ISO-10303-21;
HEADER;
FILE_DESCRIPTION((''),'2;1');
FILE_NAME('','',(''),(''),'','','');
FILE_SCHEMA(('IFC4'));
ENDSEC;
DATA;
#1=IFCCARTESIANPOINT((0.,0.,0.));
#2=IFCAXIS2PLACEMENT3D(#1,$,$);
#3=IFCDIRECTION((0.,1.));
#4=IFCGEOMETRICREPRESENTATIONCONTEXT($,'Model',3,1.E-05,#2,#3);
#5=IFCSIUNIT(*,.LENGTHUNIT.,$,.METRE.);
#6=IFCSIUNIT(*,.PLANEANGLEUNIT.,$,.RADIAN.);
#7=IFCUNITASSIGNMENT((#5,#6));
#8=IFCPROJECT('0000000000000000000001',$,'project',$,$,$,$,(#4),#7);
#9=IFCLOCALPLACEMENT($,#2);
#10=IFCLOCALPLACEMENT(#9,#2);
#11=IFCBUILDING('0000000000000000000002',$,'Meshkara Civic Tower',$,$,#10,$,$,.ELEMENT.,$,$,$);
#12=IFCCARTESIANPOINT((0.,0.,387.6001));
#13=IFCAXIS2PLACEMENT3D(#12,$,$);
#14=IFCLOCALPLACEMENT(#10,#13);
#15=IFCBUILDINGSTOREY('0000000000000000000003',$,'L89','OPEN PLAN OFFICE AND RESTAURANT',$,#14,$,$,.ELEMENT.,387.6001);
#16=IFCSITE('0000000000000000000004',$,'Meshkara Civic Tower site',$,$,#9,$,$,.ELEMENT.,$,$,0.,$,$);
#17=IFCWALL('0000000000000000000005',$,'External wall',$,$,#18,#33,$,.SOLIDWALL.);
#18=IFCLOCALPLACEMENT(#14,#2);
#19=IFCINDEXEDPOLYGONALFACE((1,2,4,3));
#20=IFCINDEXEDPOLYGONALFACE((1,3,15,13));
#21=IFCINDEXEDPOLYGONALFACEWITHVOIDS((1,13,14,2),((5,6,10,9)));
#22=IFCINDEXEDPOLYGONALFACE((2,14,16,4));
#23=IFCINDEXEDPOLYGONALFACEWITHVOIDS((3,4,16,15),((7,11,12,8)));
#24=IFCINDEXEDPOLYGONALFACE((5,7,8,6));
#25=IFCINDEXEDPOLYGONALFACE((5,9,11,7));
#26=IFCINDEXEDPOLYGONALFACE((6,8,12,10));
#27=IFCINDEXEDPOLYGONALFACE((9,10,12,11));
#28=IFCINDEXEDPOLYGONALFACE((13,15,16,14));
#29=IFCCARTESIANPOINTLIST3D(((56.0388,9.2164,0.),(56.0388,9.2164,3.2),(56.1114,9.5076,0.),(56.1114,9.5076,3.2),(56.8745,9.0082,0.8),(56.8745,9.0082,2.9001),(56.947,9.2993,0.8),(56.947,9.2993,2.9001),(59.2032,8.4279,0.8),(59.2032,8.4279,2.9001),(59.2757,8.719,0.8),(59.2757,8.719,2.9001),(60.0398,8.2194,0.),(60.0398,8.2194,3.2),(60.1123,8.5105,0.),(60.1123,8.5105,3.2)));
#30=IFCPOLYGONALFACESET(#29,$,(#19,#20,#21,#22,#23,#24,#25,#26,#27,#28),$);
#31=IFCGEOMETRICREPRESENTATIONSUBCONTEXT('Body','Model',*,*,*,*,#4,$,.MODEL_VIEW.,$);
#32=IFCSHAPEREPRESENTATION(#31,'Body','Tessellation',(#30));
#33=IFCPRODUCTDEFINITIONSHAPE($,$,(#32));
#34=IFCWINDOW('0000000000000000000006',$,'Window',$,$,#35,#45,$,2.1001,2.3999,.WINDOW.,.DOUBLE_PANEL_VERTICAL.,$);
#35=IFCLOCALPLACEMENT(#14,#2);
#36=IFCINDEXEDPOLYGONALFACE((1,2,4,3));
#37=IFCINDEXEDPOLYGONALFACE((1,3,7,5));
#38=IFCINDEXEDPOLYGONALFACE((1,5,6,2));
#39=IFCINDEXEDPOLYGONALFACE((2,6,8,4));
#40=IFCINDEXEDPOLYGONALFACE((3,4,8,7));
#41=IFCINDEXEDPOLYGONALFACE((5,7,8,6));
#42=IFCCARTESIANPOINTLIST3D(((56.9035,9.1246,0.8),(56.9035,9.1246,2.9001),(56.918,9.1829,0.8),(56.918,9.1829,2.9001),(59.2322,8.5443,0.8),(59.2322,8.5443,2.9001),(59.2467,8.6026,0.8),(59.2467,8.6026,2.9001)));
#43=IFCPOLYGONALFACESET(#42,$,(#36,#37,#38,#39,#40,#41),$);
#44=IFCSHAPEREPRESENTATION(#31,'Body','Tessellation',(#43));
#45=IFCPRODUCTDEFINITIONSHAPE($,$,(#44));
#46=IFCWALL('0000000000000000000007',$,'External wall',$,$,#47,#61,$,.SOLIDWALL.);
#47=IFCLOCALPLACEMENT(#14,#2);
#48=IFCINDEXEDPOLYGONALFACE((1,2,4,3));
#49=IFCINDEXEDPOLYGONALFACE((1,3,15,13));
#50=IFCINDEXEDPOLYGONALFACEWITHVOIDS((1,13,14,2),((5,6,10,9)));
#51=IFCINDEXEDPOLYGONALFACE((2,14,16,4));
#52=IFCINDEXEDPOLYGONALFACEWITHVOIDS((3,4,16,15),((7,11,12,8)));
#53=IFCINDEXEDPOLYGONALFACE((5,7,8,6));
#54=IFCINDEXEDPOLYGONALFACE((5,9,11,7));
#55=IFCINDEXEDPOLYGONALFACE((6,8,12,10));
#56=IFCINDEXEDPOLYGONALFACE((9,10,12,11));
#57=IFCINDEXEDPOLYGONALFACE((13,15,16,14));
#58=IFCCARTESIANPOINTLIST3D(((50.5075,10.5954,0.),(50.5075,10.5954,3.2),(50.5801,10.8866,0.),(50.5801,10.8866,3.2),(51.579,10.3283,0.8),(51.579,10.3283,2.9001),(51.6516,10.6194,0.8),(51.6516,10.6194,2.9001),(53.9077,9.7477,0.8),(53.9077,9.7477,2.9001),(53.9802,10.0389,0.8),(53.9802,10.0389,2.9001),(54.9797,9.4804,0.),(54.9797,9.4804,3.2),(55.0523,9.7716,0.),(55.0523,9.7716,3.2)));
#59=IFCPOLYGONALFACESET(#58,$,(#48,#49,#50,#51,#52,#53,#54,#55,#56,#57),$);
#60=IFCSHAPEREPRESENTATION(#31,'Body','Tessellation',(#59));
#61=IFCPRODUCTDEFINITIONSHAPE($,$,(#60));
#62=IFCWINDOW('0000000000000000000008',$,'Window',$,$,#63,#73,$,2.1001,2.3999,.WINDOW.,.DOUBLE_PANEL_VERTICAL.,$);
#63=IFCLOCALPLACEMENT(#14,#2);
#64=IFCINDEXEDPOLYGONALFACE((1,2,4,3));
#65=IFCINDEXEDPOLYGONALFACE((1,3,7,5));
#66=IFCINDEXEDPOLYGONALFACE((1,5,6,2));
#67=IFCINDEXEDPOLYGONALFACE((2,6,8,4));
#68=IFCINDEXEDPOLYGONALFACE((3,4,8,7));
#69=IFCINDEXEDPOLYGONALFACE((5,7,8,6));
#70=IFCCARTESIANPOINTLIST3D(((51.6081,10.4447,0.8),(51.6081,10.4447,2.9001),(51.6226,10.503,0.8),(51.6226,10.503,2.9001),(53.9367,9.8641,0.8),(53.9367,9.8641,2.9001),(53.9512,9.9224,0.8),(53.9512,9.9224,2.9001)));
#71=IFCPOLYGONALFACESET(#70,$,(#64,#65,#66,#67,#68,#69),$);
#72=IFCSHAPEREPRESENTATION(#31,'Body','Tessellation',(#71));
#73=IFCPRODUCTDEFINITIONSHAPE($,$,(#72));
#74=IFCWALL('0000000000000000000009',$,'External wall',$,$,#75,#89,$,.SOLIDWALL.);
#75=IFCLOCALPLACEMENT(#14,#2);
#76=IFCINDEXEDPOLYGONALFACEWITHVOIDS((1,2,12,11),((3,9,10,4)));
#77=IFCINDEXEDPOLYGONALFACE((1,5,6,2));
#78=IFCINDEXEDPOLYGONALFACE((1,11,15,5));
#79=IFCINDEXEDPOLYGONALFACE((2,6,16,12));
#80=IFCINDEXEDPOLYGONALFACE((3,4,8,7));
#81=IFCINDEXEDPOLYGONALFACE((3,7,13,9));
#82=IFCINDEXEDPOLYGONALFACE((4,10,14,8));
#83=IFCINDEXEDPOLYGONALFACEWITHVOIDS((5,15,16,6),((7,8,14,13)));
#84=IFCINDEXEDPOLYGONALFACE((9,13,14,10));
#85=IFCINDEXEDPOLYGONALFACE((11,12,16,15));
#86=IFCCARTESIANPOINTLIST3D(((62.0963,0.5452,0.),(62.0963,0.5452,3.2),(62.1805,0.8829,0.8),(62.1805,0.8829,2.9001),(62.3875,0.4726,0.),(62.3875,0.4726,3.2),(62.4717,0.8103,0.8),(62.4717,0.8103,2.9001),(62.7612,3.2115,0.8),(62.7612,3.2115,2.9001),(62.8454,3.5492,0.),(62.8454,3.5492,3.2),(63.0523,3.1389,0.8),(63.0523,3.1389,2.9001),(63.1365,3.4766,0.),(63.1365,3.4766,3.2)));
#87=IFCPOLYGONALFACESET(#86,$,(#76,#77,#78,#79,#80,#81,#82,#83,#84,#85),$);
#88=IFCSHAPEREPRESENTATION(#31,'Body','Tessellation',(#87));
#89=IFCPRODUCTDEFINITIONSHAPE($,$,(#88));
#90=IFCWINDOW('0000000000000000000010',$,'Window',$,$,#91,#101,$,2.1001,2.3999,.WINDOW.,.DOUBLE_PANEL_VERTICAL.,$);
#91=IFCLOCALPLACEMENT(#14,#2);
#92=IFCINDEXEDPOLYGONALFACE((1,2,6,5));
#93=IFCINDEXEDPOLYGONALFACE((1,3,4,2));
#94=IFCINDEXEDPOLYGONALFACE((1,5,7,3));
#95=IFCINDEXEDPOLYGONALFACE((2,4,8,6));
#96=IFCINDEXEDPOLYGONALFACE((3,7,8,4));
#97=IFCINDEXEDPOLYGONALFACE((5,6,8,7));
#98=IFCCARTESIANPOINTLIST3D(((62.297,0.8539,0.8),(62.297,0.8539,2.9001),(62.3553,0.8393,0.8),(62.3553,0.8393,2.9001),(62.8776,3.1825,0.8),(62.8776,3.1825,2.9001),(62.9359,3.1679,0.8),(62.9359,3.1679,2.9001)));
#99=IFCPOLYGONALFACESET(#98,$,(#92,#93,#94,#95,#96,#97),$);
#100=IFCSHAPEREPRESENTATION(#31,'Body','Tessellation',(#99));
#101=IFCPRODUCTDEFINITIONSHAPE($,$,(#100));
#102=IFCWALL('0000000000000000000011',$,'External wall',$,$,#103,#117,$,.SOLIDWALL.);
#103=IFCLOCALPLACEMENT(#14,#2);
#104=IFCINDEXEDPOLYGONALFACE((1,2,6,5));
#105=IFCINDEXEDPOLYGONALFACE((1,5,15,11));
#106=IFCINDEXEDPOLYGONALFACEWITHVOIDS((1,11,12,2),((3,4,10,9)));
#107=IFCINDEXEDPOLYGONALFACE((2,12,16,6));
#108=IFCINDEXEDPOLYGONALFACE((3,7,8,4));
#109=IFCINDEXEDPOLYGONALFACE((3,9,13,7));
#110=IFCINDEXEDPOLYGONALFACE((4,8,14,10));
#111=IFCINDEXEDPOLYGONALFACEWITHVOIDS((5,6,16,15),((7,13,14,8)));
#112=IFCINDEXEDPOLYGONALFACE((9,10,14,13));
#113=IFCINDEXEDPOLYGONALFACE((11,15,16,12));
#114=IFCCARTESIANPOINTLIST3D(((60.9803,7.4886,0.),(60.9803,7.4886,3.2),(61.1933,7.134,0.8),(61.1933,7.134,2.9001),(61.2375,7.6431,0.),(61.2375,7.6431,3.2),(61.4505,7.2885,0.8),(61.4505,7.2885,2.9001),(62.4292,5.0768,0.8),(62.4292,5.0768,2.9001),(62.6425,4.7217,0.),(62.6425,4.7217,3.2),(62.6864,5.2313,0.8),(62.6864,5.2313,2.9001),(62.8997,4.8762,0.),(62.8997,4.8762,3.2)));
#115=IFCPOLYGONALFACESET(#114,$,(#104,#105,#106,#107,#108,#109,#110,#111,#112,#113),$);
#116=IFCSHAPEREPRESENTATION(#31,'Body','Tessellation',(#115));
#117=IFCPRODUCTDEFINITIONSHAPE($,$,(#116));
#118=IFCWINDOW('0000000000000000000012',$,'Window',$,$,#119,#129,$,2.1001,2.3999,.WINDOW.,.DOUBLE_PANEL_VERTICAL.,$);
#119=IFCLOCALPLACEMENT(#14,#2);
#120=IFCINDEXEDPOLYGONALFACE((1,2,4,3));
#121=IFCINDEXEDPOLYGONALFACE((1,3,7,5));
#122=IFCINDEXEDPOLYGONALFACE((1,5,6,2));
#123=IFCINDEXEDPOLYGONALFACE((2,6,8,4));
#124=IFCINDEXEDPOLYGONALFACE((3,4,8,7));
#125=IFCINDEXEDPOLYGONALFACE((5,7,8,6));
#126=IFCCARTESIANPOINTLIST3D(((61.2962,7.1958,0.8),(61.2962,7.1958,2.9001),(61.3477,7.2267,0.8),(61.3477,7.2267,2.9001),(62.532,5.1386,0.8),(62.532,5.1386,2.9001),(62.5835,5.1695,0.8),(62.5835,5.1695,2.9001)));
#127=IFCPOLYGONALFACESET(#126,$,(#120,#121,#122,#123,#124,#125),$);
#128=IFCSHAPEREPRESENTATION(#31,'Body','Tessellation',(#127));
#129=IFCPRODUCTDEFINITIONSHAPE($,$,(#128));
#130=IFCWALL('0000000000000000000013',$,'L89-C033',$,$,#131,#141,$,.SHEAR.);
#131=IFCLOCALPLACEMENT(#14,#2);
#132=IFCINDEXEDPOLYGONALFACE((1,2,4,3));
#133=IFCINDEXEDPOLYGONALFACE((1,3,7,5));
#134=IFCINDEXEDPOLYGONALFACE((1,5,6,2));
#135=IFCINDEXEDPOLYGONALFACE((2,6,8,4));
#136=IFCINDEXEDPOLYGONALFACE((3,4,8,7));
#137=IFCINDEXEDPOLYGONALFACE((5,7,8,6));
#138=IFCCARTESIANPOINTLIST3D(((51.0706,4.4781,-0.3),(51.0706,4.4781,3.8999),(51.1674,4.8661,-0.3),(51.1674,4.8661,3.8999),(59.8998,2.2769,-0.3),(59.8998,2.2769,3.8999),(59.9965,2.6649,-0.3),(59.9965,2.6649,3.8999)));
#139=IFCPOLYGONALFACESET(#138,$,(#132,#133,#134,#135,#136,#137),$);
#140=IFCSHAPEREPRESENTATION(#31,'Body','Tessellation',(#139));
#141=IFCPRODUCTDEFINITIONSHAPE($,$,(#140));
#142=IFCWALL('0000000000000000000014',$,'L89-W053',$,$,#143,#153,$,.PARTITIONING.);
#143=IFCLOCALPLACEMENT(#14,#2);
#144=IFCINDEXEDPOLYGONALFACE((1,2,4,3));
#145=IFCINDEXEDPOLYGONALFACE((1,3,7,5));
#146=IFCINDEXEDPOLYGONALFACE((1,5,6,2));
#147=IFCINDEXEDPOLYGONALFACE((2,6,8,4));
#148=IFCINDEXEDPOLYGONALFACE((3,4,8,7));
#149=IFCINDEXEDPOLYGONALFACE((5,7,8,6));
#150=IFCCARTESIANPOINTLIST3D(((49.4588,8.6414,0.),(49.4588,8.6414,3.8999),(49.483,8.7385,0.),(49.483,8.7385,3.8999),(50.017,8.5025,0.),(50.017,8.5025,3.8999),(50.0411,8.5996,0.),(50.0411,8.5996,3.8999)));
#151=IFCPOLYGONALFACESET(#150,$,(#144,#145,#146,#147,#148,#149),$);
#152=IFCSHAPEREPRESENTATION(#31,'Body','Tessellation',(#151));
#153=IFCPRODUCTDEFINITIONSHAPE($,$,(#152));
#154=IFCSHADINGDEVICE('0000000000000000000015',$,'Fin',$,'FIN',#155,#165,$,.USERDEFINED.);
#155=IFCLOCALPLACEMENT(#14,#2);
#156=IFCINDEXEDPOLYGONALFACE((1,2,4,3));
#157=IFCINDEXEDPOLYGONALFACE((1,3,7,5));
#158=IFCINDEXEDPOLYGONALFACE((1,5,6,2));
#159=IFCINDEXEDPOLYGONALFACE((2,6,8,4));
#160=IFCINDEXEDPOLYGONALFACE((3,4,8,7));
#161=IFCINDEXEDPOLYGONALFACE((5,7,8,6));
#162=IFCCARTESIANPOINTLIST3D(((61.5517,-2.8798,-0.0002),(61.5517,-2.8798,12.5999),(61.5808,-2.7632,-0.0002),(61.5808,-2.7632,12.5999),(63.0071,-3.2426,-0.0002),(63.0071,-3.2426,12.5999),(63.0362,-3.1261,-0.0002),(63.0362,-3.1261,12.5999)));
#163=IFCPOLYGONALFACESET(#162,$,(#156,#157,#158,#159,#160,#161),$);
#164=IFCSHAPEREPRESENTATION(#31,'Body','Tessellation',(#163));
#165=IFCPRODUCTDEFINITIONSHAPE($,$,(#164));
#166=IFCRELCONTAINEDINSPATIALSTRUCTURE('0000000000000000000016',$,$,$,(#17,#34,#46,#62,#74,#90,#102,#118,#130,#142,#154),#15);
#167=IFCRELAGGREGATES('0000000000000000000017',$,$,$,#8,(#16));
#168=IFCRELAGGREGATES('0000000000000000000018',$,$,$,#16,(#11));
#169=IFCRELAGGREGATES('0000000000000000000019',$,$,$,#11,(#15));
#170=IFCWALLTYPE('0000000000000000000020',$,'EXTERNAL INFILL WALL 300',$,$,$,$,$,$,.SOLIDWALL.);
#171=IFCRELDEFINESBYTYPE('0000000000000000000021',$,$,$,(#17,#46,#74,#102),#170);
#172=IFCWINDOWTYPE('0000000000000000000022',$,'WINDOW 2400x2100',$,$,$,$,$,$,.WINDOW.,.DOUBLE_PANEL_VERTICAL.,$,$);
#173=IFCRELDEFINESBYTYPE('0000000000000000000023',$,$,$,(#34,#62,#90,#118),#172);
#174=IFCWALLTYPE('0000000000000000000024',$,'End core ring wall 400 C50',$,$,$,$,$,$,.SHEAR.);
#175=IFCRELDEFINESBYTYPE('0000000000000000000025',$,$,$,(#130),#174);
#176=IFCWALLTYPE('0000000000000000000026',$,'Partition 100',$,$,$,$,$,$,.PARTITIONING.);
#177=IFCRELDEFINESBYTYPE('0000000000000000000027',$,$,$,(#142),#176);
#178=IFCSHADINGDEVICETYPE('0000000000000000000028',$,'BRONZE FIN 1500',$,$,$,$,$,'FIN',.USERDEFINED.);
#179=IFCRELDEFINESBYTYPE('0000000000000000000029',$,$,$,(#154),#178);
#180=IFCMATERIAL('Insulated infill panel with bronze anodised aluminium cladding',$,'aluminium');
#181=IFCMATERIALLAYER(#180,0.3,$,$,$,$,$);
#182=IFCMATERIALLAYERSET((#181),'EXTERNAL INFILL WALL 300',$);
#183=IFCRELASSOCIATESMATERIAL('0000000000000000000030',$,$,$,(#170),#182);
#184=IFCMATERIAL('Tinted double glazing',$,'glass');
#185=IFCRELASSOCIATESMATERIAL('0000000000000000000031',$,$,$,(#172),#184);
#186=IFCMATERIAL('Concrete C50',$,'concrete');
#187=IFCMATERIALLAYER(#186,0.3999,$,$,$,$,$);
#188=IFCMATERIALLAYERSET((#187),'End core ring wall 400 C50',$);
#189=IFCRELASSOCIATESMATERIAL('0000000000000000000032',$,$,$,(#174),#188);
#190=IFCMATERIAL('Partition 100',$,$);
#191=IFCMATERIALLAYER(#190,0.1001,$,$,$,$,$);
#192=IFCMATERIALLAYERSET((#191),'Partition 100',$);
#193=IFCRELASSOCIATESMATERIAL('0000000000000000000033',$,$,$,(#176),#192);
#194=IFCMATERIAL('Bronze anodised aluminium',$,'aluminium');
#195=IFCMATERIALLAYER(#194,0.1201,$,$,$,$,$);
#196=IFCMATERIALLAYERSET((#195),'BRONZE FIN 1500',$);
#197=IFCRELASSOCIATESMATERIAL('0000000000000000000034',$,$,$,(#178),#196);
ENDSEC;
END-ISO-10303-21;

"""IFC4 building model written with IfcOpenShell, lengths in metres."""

from ifc_helpers import new_model, si_unit, direction, frame, frame_2d, origin, origin_2d, place, context, subcontext, project, spatial, rectangle, extrude, material, layer, layer_set, type_object, element, fill, save


model = new_model("IFC4")

# Units and contexts
model_context = context("Model", 3, precision=1e-05, world=origin(), true_north=direction((0.0, 1.0)))
body_context = subcontext(model_context, "Body", "Model", "MODEL_VIEW")
ifc_project = project(units=[si_unit("LENGTHUNIT", "METRE"), si_unit("PLANEANGLEUNIT", "RADIAN")], contexts=[model_context])

# Site, building, storey
site_placement = place(None, origin())
site = spatial("IfcSite", under=ifc_project, at=site_placement, Name="Meshkara Civic Tower site", CompositionType="ELEMENT", RefElevation=0.0)
building_placement = place(site_placement, origin())
building = spatial("IfcBuilding", under=site, at=building_placement, Name="Meshkara Civic Tower", CompositionType="ELEMENT")
storey_placement = place(building_placement, frame((0.0, 0.0, 387.6001)))
storey = spatial("IfcBuildingStorey", under=building, at=storey_placement, Name="L89", Description="OPEN PLAN OFFICE AND RESTAURANT", CompositionType="ELEMENT", Elevation=387.6001)

# Walls, openings, windows
ifc_material_1 = material(Name="Insulated infill panel with bronze anodised aluminium cladding", Category="aluminium")
ifc_layer_1 = layer(ifc_material_1, 0.3)
ifc_layer_set_1 = layer_set([ifc_layer_1], Name="EXTERNAL INFILL WALL 300")
wall_type_1 = type_object("IfcWallType", Name="EXTERNAL INFILL WALL 300", PredefinedType="SOLIDWALL", material=ifc_layer_set_1)
wall_1_placement = place(storey_placement, frame((60.0759, 8.365, 0.0), z_axis=(0.0, 0.0, 1.0), x_axis=(-0.970323, 0.241811, 0.0)))
wall_1 = element("IfcWall", 1, at=wall_1_placement, inside=storey, type_object=wall_type_1, Name="External wall", PredefinedType="SOLIDWALL", context=body_context, shape_type="SweptSolid", body=[
    extrude(rectangle(XDim=4.1233, YDim=0.3, at=frame_2d((2.0615, 0.0))), origin(), (0.0, 0.0, 1.0), 3.2),
])
opening_1_placement = place(wall_1_placement, frame((0.8621, 0.0, 0.8)))
opening_1 = element("IfcOpeningElement", 2, at=opening_1_placement, cuts=wall_1, PredefinedType="OPENING", context=body_context, shape_type="SweptSolid", body=[
    extrude(rectangle(XDim=2.3999, YDim=2.1001, at=frame_2d((1.2, 1.05))), frame((0.0, 0.1599, 0.0), z_axis=(0.0, -1.0, 0.0), x_axis=(1.0, 0.0, 0.0)), (0.0, 0.0, 1.0), 0.3201),
])
ifc_material_2 = material(Name="Tinted double glazing", Category="glass")
window_type = type_object("IfcWindowType", Name="WINDOW 2400x2100", PartitioningType="DOUBLE_PANEL_VERTICAL", PredefinedType="WINDOW", material=ifc_material_2)
window_1_placement = place(opening_1_placement, origin())
window_1 = element("IfcWindow", 3, at=window_1_placement, inside=storey, type_object=window_type, Name="Window", OverallHeight=2.1001, OverallWidth=2.3999, PartitioningType="DOUBLE_PANEL_VERTICAL", PredefinedType="WINDOW", context=body_context, shape_type="SweptSolid", body=[
    extrude(rectangle(XDim=2.3999, YDim=2.1001, at=frame_2d((1.2, 1.05))), frame((0.0, 0.03, 0.0), z_axis=(0.0, -1.0, 0.0), x_axis=(1.0, 0.0, 0.0)), (0.0, 0.0, 1.0), 0.0601),
])
fill(opening_1, window_1)
wall_2_placement = place(storey_placement, frame((55.0161, 9.626, 0.0), z_axis=(0.0, 0.0, 1.0), x_axis=(-0.970298, 0.241912, 0.0)))
wall_2 = element("IfcWall", 4, at=wall_2_placement, inside=storey, type_object=wall_type_1, Name="External wall", PredefinedType="SOLIDWALL", context=body_context, shape_type="SweptSolid", body=[
    extrude(rectangle(XDim=4.6091, YDim=0.3, at=frame_2d((2.3047, 0.0))), origin(), (0.0, 0.0, 1.0), 3.2),
])
opening_2_placement = place(wall_2_placement, frame((1.105, 0.0, 0.8)))
opening_2 = element("IfcOpeningElement", 5, at=opening_2_placement, cuts=wall_2, PredefinedType="OPENING", context=body_context, shape_type="SweptSolid", body=[
    extrude(rectangle(XDim=2.3999, YDim=2.1001, at=frame_2d((1.2, 1.05))), frame((0.0, 0.1599, 0.0), z_axis=(0.0, -1.0, 0.0), x_axis=(1.0, 0.0, 0.0)), (0.0, 0.0, 1.0), 0.3201),
])
window_2_placement = place(opening_2_placement, origin())
window_2 = element("IfcWindow", 6, at=window_2_placement, inside=storey, type_object=window_type, Name="Window", OverallHeight=2.1001, OverallWidth=2.3999, PartitioningType="DOUBLE_PANEL_VERTICAL", PredefinedType="WINDOW", context=body_context, shape_type="SweptSolid", body=[
    extrude(rectangle(XDim=2.3999, YDim=2.1001, at=frame_2d((1.2, 1.05))), frame((0.0, 0.03, 0.0), z_axis=(0.0, -1.0, 0.0), x_axis=(1.0, 0.0, 0.0)), (0.0, 0.0, 1.0), 0.0601),
])
fill(opening_2, window_2)
wall_3_placement = place(storey_placement, frame((62.2419, 0.509, 0.0), z_axis=(0.0, 0.0, 1.0), x_axis=(0.241942, 0.970291, 0.0)))
wall_3 = element("IfcWall", 7, at=wall_3_placement, inside=storey, type_object=wall_type_1, Name="External wall", PredefinedType="SOLIDWALL", context=body_context, shape_type="SweptSolid", body=[
    extrude(rectangle(XDim=3.0959, YDim=0.3, at=frame_2d((1.5479, 0.0))), origin(), (0.0, 0.0, 1.0), 3.2),
])
opening_3_placement = place(wall_3_placement, frame((0.3479, 0.0, 0.8)))
opening_3 = element("IfcOpeningElement", 8, at=opening_3_placement, cuts=wall_3, PredefinedType="OPENING", context=body_context, shape_type="SweptSolid", body=[
    extrude(rectangle(XDim=2.3999, YDim=2.1001, at=frame_2d((1.2, 1.05))), frame((0.0, 0.1599, 0.0), z_axis=(0.0, -1.0, 0.0), x_axis=(1.0, 0.0, 0.0)), (0.0, 0.0, 1.0), 0.3201),
])
window_3_placement = place(opening_3_placement, origin())
window_3 = element("IfcWindow", 9, at=window_3_placement, inside=storey, type_object=window_type, Name="Window", OverallHeight=2.1001, OverallWidth=2.3999, PartitioningType="DOUBLE_PANEL_VERTICAL", PredefinedType="WINDOW", context=body_context, shape_type="SweptSolid", body=[
    extrude(rectangle(XDim=2.3999, YDim=2.1001, at=frame_2d((1.2, 1.05))), frame((0.0, 0.03, 0.0), z_axis=(0.0, -1.0, 0.0), x_axis=(1.0, 0.0, 0.0)), (0.0, 0.0, 1.0), 0.0601),
])
fill(opening_3, window_3)
wall_4_placement = place(storey_placement, frame((62.771, 4.7991, 0.0), z_axis=(0.0, 0.0, 1.0), x_axis=(-0.514952, 0.857219, 0.0)))
wall_4 = element("IfcWall", 10, at=wall_4_placement, inside=storey, type_object=wall_type_1, Name="External wall", PredefinedType="SOLIDWALL", context=body_context, shape_type="SweptSolid", body=[
    extrude(rectangle(XDim=3.2278, YDim=0.3, at=frame_2d((1.6138, 0.0))), origin(), (0.0, 0.0, 1.0), 3.2),
])
opening_4_placement = place(wall_4_placement, frame((0.4141, 0.0, 0.8)))
opening_4 = element("IfcOpeningElement", 11, at=opening_4_placement, cuts=wall_4, PredefinedType="OPENING", context=body_context, shape_type="SweptSolid", body=[
    extrude(rectangle(XDim=2.3999, YDim=2.1001, at=frame_2d((1.2, 1.05))), frame((0.0, 0.1599, 0.0), z_axis=(0.0, -1.0, 0.0), x_axis=(1.0, 0.0, 0.0)), (0.0, 0.0, 1.0), 0.3201),
])
window_4_placement = place(opening_4_placement, origin())
window_4 = element("IfcWindow", 12, at=window_4_placement, inside=storey, type_object=window_type, Name="Window", OverallHeight=2.1001, OverallWidth=2.3999, PartitioningType="DOUBLE_PANEL_VERTICAL", PredefinedType="WINDOW", context=body_context, shape_type="SweptSolid", body=[
    extrude(rectangle(XDim=2.3999, YDim=2.1001, at=frame_2d((1.2, 1.05))), frame((0.0, 0.03, 0.0), z_axis=(0.0, -1.0, 0.0), x_axis=(1.0, 0.0, 0.0)), (0.0, 0.0, 1.0), 0.0601),
])
fill(opening_4, window_4)

# Walls
ifc_material_3 = material(Name="Concrete C50", Category="concrete")
ifc_layer_2 = layer(ifc_material_3, 0.3999)
ifc_layer_set_2 = layer_set([ifc_layer_2], Name="End core ring wall 400 C50")
wall_type_2 = type_object("IfcWallType", Name="End core ring wall 400 C50", PredefinedType="SHEAR", material=ifc_layer_set_2)
wall_5_placement = place(storey_placement, frame((51.1189, 4.6721, -0.3), z_axis=(0.0, 0.0, 1.0), x_axis=(0.9703, -0.241904, 0.0)))
element("IfcWall", 13, at=wall_5_placement, inside=storey, type_object=wall_type_2, Name="L89-C033", PredefinedType="SHEAR", context=body_context, shape_type="SweptSolid", body=[
    extrude(rectangle(XDim=9.0994, YDim=0.3999, at=frame_2d((4.5498, 0.0))), origin(), (0.0, 0.0, 1.0), 4.2),
])
ifc_material_4 = material(Name="Partition 100")
ifc_layer_3 = layer(ifc_material_4, 0.1001)
ifc_layer_set_3 = layer_set([ifc_layer_3], Name="Partition 100")
wall_type_3 = type_object("IfcWallType", Name="Partition 100", PredefinedType="PARTITIONING", material=ifc_layer_set_3)
wall_6_placement = place(storey_placement, frame((50.0291, 8.551, 0.0), z_axis=(0.0, 0.0, 1.0), x_axis=(-0.970392, 0.241537, 0.0)))
element("IfcWall", 14, at=wall_6_placement, inside=storey, type_object=wall_type_3, Name="L89-W053", PredefinedType="PARTITIONING", context=body_context, shape_type="SweptSolid", body=[
    extrude(rectangle(XDim=0.5752, YDim=0.1001, at=frame_2d((0.2876, 0.0))), origin(), (0.0, 0.0, 1.0), 3.8999),
])

# Shading device
ifc_material_5 = material(Name="Bronze anodised aluminium", Category="aluminium")
ifc_layer_4 = layer(ifc_material_5, 0.1201)
ifc_layer_set_4 = layer_set([ifc_layer_4], Name="BRONZE FIN 1500")
shading_device_type = type_object("IfcShadingDeviceType", Name="BRONZE FIN 1500", ElementType="FIN", PredefinedType="USERDEFINED", material=ifc_layer_set_4)
for number, where, z_axis, x_axis, name in (
    (15, (62.2939, -3.0029, -0.0002), (0.0, 0.0, 1.0), (0.241922, 0.970296, 0.0), "Fin"),
):
    element("IfcShadingDevice", number, at=place(storey_placement, frame(where, z_axis=z_axis, x_axis=x_axis)), inside=storey, type_object=shading_device_type, Name=name, ObjectType="FIN", PredefinedType="USERDEFINED", context=body_context, shape_type="SweptSolid", body=[
        extrude(rectangle(XDim=0.1201, YDim=1.5, at=origin_2d()), origin(), (0.0, 0.0, 1.0), 12.6001),
    ])

save(model, "model.ifc")
